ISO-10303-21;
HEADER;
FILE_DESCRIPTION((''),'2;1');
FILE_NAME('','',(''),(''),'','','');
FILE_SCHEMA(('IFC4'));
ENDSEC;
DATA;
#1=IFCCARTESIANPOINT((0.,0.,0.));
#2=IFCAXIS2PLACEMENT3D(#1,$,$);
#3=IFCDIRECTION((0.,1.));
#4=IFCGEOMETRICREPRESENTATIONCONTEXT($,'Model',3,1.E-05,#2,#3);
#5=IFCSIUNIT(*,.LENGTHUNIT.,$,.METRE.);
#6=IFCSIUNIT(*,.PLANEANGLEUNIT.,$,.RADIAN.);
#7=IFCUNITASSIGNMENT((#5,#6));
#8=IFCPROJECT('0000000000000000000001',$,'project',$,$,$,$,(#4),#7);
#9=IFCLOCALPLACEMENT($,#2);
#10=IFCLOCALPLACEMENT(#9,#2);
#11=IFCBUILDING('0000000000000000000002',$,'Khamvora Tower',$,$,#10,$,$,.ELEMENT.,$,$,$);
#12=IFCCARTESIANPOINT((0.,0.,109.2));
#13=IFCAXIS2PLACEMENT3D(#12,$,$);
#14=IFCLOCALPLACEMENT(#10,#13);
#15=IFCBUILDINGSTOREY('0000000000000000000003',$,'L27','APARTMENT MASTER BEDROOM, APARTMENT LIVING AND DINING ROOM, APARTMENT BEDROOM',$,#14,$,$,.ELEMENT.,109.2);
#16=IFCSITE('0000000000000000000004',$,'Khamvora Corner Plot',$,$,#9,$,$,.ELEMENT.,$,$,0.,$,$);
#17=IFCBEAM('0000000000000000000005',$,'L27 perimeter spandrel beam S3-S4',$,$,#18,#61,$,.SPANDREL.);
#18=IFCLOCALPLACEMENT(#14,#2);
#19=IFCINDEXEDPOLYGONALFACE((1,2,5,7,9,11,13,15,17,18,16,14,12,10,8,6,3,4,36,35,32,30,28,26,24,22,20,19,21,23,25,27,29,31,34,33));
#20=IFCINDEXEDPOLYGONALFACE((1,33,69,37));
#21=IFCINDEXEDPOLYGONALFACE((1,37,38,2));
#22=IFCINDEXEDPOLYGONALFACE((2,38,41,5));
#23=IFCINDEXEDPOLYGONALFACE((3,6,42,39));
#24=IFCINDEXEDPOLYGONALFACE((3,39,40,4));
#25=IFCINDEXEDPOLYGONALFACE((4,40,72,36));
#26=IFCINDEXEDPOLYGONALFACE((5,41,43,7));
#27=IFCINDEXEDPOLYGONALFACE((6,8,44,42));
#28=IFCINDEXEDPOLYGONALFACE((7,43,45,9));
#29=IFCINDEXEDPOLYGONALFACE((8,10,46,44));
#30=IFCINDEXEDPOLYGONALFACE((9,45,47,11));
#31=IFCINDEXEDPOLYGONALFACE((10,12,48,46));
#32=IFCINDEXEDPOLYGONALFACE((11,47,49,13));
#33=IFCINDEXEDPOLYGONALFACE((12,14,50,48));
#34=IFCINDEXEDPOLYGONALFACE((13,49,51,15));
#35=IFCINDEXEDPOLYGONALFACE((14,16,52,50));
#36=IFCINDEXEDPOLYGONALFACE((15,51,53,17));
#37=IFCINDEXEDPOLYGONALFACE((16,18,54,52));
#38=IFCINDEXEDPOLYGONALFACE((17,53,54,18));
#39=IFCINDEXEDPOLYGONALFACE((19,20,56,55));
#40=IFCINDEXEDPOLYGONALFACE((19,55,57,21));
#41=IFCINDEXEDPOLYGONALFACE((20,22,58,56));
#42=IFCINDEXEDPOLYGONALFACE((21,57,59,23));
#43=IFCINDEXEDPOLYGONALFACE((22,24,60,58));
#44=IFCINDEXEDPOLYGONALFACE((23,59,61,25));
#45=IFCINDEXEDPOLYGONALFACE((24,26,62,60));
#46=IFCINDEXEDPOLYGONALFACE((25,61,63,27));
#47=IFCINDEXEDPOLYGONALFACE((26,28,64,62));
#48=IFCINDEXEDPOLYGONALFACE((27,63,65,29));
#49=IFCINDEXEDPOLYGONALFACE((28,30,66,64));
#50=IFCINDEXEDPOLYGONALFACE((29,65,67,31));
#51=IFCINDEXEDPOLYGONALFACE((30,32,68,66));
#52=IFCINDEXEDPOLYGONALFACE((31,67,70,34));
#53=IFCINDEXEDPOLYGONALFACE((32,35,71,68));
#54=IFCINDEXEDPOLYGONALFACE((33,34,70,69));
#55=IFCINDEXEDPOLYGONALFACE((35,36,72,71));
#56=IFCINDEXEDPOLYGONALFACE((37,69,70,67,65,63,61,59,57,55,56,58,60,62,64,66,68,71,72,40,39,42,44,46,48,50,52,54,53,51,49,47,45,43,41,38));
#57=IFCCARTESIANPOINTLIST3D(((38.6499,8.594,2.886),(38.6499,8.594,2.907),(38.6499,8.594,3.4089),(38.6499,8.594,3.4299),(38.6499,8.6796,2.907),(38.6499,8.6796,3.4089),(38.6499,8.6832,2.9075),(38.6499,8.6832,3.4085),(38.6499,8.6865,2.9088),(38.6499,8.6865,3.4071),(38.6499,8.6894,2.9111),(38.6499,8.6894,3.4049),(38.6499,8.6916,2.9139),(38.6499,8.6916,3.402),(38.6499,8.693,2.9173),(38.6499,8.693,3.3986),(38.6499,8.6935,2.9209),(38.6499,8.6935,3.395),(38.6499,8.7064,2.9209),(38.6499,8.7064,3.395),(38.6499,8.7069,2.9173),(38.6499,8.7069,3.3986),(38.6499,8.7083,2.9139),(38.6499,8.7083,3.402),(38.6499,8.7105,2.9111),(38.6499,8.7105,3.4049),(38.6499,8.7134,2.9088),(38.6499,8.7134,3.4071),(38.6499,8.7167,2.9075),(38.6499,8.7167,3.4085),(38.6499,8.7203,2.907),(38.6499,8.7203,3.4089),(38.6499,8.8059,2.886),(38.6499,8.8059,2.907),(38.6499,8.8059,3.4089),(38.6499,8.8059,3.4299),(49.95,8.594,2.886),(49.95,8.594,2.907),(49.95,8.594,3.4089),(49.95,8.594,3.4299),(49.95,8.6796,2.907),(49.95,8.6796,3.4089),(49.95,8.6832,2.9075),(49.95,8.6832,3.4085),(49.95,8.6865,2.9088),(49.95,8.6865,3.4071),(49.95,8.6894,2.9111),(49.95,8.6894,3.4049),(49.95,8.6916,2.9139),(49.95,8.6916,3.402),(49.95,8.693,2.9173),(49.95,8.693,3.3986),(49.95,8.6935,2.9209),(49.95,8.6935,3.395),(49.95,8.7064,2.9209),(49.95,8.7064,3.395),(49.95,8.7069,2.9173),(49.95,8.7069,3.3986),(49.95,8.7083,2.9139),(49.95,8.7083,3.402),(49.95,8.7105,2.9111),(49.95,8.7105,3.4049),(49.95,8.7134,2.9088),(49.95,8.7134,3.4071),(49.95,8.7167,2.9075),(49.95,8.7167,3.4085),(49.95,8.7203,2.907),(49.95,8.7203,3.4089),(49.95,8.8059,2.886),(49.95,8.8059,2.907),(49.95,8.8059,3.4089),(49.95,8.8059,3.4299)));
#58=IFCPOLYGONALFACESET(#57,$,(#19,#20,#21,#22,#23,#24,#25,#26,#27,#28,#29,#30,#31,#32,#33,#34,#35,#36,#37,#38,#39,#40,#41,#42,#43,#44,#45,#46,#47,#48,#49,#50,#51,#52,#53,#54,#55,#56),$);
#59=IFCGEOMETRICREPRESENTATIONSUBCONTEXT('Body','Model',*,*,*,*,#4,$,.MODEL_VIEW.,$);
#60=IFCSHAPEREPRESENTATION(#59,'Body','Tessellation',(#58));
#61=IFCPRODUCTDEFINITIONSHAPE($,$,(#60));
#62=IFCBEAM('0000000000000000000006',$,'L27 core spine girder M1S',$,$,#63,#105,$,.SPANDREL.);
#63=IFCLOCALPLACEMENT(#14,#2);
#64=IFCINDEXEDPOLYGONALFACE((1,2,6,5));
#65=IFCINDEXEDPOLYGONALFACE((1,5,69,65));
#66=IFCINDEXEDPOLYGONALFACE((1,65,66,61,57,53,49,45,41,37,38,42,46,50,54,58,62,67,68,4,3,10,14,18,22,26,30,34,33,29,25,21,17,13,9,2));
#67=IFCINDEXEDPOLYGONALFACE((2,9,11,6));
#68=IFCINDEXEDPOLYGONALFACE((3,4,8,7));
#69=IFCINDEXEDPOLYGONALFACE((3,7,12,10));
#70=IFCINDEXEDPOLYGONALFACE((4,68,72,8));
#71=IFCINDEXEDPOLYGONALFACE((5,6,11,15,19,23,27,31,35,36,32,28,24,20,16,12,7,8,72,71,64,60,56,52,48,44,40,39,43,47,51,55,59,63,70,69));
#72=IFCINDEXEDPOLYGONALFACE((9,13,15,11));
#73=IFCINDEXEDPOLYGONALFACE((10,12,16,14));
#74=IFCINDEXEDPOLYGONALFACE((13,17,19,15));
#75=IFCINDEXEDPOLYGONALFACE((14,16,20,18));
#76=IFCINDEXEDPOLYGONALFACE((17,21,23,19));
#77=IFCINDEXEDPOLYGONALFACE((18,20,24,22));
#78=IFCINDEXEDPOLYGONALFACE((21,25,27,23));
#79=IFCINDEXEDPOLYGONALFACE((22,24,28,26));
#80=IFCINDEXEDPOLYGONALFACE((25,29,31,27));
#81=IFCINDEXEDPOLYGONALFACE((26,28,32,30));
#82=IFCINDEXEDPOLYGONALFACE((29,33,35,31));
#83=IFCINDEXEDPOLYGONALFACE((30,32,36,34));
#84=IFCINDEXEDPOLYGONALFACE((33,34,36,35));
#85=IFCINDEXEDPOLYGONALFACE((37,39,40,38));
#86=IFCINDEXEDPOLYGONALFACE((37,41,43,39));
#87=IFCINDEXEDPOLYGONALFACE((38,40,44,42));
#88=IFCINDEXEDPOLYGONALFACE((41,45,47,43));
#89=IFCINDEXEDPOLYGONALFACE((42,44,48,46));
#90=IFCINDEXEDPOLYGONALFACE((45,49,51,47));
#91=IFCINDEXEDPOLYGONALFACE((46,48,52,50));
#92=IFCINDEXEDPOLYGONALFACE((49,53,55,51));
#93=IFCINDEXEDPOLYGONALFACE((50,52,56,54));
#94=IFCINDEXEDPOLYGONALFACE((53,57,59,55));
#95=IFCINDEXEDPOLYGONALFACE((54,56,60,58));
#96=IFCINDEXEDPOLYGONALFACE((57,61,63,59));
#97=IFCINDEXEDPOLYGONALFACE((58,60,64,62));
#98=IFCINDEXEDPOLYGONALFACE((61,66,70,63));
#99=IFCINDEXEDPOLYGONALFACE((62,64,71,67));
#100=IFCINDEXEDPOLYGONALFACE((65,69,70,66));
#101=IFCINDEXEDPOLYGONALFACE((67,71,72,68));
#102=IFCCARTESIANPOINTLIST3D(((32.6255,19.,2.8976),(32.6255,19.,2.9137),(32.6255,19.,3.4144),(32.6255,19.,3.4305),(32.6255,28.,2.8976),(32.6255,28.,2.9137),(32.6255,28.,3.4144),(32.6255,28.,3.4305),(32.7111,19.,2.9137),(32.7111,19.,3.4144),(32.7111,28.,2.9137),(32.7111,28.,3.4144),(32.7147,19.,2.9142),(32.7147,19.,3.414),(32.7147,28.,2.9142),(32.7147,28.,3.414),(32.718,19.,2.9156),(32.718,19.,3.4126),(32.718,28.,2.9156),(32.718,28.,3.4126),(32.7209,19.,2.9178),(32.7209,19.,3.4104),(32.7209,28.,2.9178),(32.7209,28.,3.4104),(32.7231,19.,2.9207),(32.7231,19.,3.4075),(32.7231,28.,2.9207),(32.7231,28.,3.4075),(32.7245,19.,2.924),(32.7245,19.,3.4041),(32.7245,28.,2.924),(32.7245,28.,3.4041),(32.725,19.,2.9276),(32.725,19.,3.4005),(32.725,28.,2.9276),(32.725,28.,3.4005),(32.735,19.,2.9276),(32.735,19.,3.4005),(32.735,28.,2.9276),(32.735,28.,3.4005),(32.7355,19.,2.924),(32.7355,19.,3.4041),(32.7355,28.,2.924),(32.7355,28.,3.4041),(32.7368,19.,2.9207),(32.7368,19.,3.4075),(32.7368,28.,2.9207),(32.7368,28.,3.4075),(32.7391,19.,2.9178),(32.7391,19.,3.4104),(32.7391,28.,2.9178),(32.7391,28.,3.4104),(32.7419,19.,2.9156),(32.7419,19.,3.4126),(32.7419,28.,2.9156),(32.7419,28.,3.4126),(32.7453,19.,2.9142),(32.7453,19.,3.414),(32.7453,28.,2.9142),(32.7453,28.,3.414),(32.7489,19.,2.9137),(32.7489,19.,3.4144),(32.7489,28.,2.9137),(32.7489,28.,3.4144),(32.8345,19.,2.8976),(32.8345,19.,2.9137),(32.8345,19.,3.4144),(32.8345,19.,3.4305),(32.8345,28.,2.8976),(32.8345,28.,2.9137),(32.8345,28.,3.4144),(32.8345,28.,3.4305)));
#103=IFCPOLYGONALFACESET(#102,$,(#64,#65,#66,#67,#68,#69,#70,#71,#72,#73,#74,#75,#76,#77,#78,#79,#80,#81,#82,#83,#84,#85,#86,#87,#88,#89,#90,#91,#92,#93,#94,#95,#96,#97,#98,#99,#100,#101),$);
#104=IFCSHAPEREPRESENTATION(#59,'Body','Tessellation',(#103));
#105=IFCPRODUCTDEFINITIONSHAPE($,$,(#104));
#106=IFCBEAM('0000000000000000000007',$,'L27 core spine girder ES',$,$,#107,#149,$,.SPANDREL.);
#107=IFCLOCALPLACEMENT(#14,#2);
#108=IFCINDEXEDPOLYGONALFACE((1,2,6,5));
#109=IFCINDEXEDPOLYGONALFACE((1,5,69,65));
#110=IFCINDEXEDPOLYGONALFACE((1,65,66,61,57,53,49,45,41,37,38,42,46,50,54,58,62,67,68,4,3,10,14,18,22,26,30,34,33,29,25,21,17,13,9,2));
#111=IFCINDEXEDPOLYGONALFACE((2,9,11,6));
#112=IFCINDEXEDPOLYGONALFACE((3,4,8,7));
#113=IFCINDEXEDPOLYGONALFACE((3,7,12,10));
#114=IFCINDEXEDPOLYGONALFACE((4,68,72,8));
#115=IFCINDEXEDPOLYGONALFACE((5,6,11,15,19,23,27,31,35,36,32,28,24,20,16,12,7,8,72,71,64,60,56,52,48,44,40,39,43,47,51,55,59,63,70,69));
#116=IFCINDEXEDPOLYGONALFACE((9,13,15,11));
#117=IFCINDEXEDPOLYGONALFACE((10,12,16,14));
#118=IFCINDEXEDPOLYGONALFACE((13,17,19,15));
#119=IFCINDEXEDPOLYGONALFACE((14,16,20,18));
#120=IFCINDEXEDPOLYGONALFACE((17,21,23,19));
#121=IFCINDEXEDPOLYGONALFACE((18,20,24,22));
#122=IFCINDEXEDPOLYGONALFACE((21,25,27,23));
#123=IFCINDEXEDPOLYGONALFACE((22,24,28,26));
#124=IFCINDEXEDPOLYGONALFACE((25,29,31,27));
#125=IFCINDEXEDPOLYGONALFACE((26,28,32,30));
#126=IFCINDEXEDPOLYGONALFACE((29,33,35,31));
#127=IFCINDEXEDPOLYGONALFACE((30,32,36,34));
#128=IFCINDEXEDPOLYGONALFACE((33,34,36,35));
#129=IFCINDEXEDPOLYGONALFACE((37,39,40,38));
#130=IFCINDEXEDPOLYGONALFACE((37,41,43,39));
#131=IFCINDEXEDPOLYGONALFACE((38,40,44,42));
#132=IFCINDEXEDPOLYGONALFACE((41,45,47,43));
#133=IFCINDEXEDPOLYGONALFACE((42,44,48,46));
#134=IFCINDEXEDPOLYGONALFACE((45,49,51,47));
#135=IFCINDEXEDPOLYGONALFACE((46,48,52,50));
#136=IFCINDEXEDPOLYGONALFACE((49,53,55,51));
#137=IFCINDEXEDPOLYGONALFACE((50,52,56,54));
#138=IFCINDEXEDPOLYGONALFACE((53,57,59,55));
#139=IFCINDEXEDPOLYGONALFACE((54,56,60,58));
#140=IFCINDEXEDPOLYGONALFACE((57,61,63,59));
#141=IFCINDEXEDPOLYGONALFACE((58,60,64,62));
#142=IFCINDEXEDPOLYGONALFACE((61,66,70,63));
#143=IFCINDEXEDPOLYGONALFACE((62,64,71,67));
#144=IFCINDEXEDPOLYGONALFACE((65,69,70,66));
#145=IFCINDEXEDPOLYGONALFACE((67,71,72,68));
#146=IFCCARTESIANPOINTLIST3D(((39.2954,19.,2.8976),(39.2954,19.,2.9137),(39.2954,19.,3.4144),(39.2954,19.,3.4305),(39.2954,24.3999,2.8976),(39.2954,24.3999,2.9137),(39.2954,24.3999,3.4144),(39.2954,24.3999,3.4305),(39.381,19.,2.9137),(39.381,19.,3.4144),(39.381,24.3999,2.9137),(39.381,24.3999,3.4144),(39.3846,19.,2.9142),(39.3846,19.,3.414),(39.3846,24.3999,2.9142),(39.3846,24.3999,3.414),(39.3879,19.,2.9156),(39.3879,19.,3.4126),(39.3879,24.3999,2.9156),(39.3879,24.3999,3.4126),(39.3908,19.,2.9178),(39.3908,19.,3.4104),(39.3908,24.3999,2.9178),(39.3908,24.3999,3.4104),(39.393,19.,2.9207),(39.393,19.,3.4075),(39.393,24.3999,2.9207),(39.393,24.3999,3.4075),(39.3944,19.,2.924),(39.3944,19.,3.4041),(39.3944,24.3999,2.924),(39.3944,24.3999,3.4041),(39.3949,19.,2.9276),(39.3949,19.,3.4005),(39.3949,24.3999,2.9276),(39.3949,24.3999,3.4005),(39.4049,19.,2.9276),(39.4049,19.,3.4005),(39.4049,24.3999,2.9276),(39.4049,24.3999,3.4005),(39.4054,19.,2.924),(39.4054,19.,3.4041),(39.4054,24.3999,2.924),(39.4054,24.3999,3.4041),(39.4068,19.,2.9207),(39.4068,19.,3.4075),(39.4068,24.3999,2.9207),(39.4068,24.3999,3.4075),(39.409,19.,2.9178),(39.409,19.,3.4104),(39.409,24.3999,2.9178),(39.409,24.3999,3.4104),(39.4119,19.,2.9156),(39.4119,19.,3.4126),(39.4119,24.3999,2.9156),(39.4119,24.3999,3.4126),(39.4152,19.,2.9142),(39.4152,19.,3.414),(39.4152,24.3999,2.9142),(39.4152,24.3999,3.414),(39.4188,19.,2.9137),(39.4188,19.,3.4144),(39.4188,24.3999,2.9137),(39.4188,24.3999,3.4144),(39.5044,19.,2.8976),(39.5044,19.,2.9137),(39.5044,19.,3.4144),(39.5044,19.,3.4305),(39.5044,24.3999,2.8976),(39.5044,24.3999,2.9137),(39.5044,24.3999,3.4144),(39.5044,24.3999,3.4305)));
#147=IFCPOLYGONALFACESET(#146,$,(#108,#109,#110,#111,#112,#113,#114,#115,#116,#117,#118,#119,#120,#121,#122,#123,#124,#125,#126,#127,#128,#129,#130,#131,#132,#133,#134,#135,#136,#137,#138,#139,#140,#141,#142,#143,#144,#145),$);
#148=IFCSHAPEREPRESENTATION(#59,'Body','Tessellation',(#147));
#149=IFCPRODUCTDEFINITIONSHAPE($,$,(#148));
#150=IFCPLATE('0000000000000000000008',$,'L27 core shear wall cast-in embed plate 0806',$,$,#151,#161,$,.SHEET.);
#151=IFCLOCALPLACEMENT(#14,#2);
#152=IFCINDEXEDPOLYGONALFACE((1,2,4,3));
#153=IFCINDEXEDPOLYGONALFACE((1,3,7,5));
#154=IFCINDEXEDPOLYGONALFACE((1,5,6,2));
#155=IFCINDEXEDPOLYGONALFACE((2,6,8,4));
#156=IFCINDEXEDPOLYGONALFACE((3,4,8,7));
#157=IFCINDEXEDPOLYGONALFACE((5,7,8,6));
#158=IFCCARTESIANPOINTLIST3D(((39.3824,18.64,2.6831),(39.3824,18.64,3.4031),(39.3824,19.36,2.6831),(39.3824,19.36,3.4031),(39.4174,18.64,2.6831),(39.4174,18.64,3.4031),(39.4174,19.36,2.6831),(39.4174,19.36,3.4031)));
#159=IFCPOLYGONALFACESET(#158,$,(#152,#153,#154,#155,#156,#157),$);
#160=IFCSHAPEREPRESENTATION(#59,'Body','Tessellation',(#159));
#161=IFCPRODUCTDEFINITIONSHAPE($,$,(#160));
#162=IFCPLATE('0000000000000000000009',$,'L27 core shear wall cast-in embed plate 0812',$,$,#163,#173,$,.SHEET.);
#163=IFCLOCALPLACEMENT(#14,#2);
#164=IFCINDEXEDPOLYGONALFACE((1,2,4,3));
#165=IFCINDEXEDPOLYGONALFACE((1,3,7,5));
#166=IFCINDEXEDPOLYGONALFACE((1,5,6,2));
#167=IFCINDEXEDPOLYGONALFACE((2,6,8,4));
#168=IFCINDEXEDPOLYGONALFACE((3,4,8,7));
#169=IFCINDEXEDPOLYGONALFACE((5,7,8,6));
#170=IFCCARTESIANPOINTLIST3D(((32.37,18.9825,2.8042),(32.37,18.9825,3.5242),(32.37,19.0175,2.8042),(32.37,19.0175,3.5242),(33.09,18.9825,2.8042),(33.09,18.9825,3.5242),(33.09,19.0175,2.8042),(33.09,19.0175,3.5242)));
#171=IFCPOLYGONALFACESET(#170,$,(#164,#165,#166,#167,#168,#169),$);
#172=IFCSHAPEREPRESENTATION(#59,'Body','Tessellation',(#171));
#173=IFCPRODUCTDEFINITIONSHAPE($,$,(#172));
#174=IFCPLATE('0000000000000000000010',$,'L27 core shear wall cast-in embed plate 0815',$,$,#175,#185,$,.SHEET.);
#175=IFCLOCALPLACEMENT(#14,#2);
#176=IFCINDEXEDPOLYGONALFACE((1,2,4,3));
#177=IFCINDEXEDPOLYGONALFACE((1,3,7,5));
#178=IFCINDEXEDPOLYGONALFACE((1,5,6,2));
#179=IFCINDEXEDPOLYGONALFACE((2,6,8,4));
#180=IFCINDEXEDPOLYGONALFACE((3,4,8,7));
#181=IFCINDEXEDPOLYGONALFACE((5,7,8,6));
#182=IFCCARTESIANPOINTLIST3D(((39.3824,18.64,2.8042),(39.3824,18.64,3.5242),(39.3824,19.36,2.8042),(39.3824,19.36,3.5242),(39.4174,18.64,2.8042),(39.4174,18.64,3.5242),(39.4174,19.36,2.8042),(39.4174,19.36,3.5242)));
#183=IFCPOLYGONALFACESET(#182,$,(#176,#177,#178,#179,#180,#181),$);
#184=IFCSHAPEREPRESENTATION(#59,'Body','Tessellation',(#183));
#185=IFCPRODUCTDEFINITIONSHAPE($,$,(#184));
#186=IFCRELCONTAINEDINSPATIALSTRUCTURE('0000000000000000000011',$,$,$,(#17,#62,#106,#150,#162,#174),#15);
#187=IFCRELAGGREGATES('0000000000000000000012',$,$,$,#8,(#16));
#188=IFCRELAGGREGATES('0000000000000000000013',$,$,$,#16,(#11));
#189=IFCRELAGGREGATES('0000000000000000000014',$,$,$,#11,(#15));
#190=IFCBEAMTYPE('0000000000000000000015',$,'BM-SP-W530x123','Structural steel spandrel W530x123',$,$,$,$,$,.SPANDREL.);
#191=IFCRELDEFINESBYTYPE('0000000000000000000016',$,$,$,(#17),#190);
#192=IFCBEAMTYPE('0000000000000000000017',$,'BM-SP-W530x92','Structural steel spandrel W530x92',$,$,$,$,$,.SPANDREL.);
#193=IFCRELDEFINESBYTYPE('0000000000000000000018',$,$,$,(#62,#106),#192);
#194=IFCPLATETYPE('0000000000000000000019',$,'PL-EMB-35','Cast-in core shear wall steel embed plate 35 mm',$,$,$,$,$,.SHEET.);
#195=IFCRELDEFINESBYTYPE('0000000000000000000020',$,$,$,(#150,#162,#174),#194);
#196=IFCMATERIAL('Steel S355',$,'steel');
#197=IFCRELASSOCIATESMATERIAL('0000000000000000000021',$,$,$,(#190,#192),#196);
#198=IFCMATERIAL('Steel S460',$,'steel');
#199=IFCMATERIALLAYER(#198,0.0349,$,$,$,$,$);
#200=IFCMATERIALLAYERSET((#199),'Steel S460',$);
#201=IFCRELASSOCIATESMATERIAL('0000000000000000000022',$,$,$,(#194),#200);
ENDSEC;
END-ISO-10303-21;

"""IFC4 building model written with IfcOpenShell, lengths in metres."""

from ifc_helpers import new_model, si_unit, direction, frame, origin, origin_2d, place, context, subcontext, project, spatial, rectangle, i_section, extrude, material, layer, layer_set, material_profile, profile_set, type_object, element, save


model = new_model("IFC4")

# Units and contexts
model_context = context("Model", 3, precision=1e-05, world=origin(), true_north=direction((0.0, 1.0)))
body_context = subcontext(model_context, "Body", "Model", "MODEL_VIEW")
ifc_project = project(units=[si_unit("LENGTHUNIT", "METRE"), si_unit("PLANEANGLEUNIT", "RADIAN")], contexts=[model_context])

# Site, building, storey
site_placement = place(None, origin())
site = spatial("IfcSite", under=ifc_project, at=site_placement, Name="Khamvora Corner Plot", CompositionType="ELEMENT", RefElevation=0.0)
building_placement = place(site_placement, origin())
building = spatial("IfcBuilding", under=site, at=building_placement, Name="Khamvora Tower", CompositionType="ELEMENT")
storey_placement = place(building_placement, frame((0.0, 0.0, 109.2)))
storey = spatial("IfcBuildingStorey", under=building, at=storey_placement, Name="L27", Description="APARTMENT MASTER BEDROOM, APARTMENT LIVING AND DINING ROOM, APARTMENT BEDROOM", CompositionType="ELEMENT", Elevation=109.2)

# Shared definitions
ifc_material_1 = material(Name="Steel S355", Category="steel")
ifc_material_2 = material(Name="Steel S460", Category="steel")

# Beams
ifc_material_profile_1 = material_profile(ifc_material_1, i_section(OverallWidth=0.2119, OverallDepth=0.5439, WebThickness=0.0129, FlangeThickness=0.021, FilletRadius=0.0139, at=origin_2d()), Name="W530x123")
ifc_profile_set_1 = profile_set([ifc_material_profile_1], Name="Steel S355")
beam_type_1 = type_object("IfcBeamType", Name="BM-SP-W530x123", Description="Structural steel spandrel W530x123", PredefinedType="SPANDREL", material=ifc_profile_set_1)
beam_1_placement = place(storey_placement, frame((38.6499, 8.7, 3.158), z_axis=(1.0, 0.0, 0.0), x_axis=(0.0, 1.0, 0.0)))
element("IfcBeam", 1, at=beam_1_placement, inside=storey, type_object=beam_type_1, Name="L27 perimeter spandrel beam S3-S4", PredefinedType="SPANDREL", context=body_context, shape_type="SweptSolid", body=[
    extrude(i_section(OverallWidth=0.2119, OverallDepth=0.5439, WebThickness=0.0129, FlangeThickness=0.021, FilletRadius=0.0139, at=origin_2d()), origin(), (0.0, 0.0, 1.0), 11.3),
])
ifc_material_profile_2 = material_profile(ifc_material_1, i_section(OverallWidth=0.209, OverallDepth=0.533, WebThickness=0.01, FlangeThickness=0.0161, FilletRadius=0.0139, at=origin_2d()), Name="W530x92")
ifc_profile_set_2 = profile_set([ifc_material_profile_2], Name="Steel S355")
beam_type_2 = type_object("IfcBeamType", Name="BM-SP-W530x92", Description="Structural steel spandrel W530x92", PredefinedType="SPANDREL", material=ifc_profile_set_2)
beam_2_placement = place(storey_placement, frame((32.73, 19.0, 3.1641), z_axis=(0.0, 1.0, 0.0), x_axis=(-1.0, 0.0, 0.0)))
element("IfcBeam", 2, at=beam_2_placement, inside=storey, type_object=beam_type_2, Name="L27 core spine girder M1S", PredefinedType="SPANDREL", context=body_context, shape_type="SweptSolid", body=[
    extrude(i_section(OverallWidth=0.209, OverallDepth=0.533, WebThickness=0.01, FlangeThickness=0.0161, FilletRadius=0.0139, at=origin_2d()), origin(), (0.0, 0.0, 1.0), 9.0),
])
beam_3_placement = place(storey_placement, frame((39.3999, 19.0, 3.1641), z_axis=(0.0, 1.0, 0.0), x_axis=(-1.0, 0.0, 0.0)))
element("IfcBeam", 3, at=beam_3_placement, inside=storey, type_object=beam_type_2, Name="L27 core spine girder ES", PredefinedType="SPANDREL", context=body_context, shape_type="SweptSolid", body=[
    extrude(i_section(OverallWidth=0.209, OverallDepth=0.533, WebThickness=0.01, FlangeThickness=0.0161, FilletRadius=0.0139, at=origin_2d()), origin(), (0.0, 0.0, 1.0), 5.3999),
])

# Plates
ifc_layer_1 = layer(ifc_material_2, 0.0349)
ifc_layer_set_1 = layer_set([ifc_layer_1], Name="Steel S460")
plate_type = type_object("IfcPlateType", Name="PL-EMB-35", Description="Cast-in core shear wall steel embed plate 35 mm", PredefinedType="SHEET", material=ifc_layer_set_1)
plate_1_placement = place(storey_placement, frame((39.3999, 19.0, 2.6831), z_axis=(0.0, 0.0, 1.0), x_axis=(1.0, 0.0, 0.0)))
element("IfcPlate", 4, at=plate_1_placement, inside=storey, type_object=plate_type, Name="L27 core shear wall cast-in embed plate 0806", PredefinedType="SHEET", context=body_context, shape_type="SweptSolid", body=[
    extrude(rectangle(XDim=0.0349, YDim=0.72, at=origin_2d()), origin(), (0.0, 0.0, 1.0), 0.72),
])
plate_2_placement = place(storey_placement, frame((32.73, 19.0, 2.8042), z_axis=(0.0, 0.0, 1.0), x_axis=(1.0, 0.0, 0.0)))
element("IfcPlate", 5, at=plate_2_placement, inside=storey, type_object=plate_type, Name="L27 core shear wall cast-in embed plate 0812", PredefinedType="SHEET", context=body_context, shape_type="SweptSolid", body=[
    extrude(rectangle(XDim=0.72, YDim=0.0349, at=origin_2d()), origin(), (0.0, 0.0, 1.0), 0.72),
])
plate_3_placement = place(storey_placement, frame((39.3999, 19.0, 2.8042), z_axis=(0.0, 0.0, 1.0), x_axis=(1.0, 0.0, 0.0)))
element("IfcPlate", 6, at=plate_3_placement, inside=storey, type_object=plate_type, Name="L27 core shear wall cast-in embed plate 0815", PredefinedType="SHEET", context=body_context, shape_type="SweptSolid", body=[
    extrude(rectangle(XDim=0.0349, YDim=0.72, at=origin_2d()), origin(), (0.0, 0.0, 1.0), 0.72),
])

save(model, "model.ifc")
